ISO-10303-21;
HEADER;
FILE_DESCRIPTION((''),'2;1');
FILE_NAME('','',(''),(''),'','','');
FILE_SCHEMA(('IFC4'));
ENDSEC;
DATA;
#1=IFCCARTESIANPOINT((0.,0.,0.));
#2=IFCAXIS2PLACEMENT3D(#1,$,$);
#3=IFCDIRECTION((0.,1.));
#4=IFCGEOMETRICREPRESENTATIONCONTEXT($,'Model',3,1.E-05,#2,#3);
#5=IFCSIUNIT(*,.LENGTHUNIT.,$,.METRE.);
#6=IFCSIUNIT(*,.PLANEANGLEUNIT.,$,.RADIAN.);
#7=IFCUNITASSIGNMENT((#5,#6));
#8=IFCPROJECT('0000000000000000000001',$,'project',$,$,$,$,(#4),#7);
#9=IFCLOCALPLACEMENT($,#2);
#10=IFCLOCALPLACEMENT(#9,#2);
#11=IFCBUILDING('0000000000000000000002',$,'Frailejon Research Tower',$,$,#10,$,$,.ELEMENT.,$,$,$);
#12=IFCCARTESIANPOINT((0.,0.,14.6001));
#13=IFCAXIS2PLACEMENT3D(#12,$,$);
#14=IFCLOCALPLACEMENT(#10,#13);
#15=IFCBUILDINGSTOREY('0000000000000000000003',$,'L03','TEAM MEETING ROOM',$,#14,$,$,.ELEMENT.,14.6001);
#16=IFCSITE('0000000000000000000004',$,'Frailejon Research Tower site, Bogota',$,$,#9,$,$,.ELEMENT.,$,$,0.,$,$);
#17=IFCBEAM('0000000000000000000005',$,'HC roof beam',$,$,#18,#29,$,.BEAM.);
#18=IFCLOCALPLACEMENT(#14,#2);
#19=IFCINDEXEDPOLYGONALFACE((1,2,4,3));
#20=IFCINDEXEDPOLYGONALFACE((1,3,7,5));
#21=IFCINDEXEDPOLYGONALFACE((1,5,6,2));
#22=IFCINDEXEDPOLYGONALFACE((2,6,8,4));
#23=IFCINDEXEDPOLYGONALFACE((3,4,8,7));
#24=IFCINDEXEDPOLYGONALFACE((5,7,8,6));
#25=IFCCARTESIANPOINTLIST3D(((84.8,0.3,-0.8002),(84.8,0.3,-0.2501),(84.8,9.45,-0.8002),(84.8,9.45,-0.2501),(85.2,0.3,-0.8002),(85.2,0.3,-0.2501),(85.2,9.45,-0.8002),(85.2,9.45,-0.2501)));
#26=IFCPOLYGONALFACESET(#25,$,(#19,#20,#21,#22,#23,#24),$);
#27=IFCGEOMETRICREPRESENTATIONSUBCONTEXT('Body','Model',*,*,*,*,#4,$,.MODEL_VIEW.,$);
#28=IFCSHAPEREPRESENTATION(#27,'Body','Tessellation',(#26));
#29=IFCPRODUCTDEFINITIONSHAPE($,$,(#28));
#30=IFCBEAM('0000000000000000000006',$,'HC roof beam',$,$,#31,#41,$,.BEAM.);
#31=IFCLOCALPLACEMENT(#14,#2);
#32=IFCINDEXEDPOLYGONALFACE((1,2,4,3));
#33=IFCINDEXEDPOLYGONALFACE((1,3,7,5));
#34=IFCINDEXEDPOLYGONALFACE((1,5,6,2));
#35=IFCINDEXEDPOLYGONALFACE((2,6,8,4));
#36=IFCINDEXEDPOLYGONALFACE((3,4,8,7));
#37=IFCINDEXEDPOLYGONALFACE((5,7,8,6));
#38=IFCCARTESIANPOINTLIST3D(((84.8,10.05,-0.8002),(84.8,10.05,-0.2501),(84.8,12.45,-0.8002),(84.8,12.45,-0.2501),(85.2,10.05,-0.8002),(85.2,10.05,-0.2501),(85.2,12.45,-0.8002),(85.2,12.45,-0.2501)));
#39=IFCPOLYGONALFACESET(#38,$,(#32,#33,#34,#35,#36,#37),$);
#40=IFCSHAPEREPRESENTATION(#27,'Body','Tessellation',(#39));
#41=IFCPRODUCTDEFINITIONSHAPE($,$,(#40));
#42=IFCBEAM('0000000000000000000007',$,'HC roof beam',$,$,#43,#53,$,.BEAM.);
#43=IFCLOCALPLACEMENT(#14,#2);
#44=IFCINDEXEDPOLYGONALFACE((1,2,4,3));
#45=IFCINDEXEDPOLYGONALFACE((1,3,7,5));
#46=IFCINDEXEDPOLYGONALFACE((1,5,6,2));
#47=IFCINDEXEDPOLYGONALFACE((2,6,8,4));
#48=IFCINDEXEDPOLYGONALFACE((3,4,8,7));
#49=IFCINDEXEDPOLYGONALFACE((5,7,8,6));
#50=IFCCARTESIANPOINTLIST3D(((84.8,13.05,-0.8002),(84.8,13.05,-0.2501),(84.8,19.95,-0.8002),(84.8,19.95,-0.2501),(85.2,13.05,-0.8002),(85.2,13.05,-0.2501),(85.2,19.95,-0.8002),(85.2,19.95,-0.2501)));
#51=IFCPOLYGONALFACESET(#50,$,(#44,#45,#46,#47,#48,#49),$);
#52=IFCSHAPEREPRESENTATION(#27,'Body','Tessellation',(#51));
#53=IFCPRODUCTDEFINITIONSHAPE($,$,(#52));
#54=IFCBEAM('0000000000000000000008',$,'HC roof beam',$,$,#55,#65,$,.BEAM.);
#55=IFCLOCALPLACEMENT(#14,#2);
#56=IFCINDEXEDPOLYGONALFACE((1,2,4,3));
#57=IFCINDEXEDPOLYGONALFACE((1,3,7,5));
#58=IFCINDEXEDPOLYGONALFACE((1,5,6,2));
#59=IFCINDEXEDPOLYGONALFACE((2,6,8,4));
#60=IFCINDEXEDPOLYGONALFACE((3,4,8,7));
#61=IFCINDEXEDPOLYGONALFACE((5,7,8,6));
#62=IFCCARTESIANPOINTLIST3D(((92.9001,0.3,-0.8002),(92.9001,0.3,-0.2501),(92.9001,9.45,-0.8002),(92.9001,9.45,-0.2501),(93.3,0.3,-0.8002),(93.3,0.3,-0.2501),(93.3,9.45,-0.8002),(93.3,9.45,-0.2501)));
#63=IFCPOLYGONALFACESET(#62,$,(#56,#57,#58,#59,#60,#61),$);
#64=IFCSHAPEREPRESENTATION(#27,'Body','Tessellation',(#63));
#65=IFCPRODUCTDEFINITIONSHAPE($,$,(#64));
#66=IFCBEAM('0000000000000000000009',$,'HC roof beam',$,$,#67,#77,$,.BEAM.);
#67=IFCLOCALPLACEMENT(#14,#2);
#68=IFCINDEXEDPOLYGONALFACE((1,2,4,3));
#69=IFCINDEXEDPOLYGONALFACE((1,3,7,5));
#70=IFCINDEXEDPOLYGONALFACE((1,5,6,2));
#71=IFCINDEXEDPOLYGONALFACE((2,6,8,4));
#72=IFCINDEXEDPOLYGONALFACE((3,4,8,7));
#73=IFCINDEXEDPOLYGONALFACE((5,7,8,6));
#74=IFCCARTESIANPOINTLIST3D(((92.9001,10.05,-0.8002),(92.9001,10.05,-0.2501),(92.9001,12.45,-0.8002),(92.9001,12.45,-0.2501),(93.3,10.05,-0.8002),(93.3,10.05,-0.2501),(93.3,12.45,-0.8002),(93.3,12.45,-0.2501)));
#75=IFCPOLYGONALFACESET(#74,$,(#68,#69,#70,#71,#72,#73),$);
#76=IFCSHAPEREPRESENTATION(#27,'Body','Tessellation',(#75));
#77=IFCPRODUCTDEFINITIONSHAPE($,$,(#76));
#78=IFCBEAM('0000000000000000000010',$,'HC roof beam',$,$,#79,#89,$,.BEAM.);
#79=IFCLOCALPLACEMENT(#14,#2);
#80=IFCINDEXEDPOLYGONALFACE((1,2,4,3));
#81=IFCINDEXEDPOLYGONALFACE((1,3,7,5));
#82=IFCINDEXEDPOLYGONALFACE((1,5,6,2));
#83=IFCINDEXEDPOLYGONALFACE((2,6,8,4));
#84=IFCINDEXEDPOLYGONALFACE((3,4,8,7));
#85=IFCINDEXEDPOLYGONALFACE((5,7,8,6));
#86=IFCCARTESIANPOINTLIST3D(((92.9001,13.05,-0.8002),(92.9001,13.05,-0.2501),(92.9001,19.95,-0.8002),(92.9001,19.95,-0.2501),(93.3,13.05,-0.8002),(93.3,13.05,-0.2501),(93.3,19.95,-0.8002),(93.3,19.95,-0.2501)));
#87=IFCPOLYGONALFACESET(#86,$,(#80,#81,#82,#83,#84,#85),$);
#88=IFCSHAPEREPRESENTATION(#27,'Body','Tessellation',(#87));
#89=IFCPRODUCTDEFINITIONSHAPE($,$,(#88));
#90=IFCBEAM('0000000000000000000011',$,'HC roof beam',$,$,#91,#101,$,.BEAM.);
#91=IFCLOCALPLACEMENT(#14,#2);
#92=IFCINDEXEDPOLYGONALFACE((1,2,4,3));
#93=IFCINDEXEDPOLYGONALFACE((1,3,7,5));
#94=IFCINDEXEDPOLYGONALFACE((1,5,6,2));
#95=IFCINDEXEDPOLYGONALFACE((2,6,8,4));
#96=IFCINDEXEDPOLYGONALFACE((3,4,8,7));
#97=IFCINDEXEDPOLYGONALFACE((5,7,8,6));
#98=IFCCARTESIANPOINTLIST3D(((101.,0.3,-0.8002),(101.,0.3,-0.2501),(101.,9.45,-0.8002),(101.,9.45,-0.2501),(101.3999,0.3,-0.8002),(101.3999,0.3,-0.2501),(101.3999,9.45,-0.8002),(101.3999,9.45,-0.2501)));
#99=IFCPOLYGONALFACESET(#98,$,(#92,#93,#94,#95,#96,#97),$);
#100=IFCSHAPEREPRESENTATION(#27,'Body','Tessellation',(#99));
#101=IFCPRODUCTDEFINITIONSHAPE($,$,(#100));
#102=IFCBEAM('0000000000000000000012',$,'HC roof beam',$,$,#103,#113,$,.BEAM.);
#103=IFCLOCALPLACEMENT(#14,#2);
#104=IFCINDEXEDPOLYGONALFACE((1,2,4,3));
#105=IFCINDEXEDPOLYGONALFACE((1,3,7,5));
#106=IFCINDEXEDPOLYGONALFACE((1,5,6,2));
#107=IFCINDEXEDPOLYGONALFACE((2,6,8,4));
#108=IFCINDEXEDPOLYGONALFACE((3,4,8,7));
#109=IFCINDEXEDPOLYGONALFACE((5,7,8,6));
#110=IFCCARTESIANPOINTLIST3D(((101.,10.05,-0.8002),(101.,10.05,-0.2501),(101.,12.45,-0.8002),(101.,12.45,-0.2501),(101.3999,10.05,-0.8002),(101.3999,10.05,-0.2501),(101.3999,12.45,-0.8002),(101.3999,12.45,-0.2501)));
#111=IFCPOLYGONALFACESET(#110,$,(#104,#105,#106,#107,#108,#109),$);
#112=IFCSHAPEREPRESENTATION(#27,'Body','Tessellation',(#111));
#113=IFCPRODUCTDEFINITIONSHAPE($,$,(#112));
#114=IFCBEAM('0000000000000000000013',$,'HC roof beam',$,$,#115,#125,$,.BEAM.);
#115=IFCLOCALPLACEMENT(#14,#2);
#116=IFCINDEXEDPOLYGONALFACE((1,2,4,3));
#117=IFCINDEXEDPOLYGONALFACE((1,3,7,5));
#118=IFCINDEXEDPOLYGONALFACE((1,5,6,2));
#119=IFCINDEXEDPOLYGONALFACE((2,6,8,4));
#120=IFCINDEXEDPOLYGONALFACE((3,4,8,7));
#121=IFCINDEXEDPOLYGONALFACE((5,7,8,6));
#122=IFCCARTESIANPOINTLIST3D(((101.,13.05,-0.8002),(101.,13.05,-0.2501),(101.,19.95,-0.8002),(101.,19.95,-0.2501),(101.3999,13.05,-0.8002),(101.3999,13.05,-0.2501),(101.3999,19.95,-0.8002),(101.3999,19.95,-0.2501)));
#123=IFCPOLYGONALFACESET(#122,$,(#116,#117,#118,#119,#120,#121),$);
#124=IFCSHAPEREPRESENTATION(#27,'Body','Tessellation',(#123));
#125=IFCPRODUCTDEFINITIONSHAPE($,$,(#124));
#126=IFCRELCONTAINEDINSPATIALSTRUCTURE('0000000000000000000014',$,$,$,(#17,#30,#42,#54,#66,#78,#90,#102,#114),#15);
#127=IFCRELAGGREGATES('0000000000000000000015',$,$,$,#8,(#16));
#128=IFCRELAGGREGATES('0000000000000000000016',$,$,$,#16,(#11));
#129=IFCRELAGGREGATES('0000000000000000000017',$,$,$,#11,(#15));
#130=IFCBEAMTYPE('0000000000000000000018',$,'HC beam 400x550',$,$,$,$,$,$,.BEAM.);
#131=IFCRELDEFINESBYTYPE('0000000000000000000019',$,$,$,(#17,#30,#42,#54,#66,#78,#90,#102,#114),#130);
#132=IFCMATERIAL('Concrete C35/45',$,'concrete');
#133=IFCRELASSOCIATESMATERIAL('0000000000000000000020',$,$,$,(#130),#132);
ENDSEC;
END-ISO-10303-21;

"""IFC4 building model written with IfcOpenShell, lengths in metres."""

from ifc_helpers import new_model, si_unit, direction, frame, origin, origin_2d, place, context, subcontext, project, spatial, rectangle, extrude, material, material_profile, profile_set, type_object, element, save


model = new_model("IFC4")

# Units and contexts
model_context = context("Model", 3, precision=1e-05, world=origin(), true_north=direction((0.0, 1.0)))
body_context = subcontext(model_context, "Body", "Model", "MODEL_VIEW")
ifc_project = project(units=[si_unit("LENGTHUNIT", "METRE"), si_unit("PLANEANGLEUNIT", "RADIAN")], contexts=[model_context])

# Site, building, storey
site_placement = place(None, origin())
site = spatial("IfcSite", under=ifc_project, at=site_placement, Name="Frailejon Research Tower site, Bogota", CompositionType="ELEMENT", RefElevation=0.0)
building_placement = place(site_placement, origin())
building = spatial("IfcBuilding", under=site, at=building_placement, Name="Frailejon Research Tower", CompositionType="ELEMENT")
storey_placement = place(building_placement, frame((0.0, 0.0, 14.6001)))
storey = spatial("IfcBuildingStorey", under=building, at=storey_placement, Name="L03", Description="TEAM MEETING ROOM", CompositionType="ELEMENT", Elevation=14.6001)

# Beams
ifc_material_1 = material(Name="Concrete C35/45", Category="concrete")
ifc_material_profile_1 = material_profile(ifc_material_1, rectangle(XDim=0.3999, YDim=0.55, at=origin_2d()), Name="HC beam 400x550")
ifc_profile_set_1 = profile_set([ifc_material_profile_1], Name="Concrete C35/45")
beam_type = type_object("IfcBeamType", Name="HC beam 400x550", PredefinedType="BEAM", material=ifc_profile_set_1)
beam_1_placement = place(storey_placement, frame((85.0, 0.3, -0.5251), z_axis=(0.0, 1.0, 0.0), x_axis=(-1.0, 0.0, 0.0)))
element("IfcBeam", 1, at=beam_1_placement, inside=storey, type_object=beam_type, Name="HC roof beam", PredefinedType="BEAM", context=body_context, shape_type="SweptSolid", body=[
    extrude(rectangle(XDim=0.3999, YDim=0.55, at=origin_2d()), origin(), (0.0, 0.0, 1.0), 9.1499),
])
beam_2_placement = place(storey_placement, frame((85.0, 10.05, -0.5251), z_axis=(0.0, 1.0, 0.0), x_axis=(-1.0, 0.0, 0.0)))
element("IfcBeam", 2, at=beam_2_placement, inside=storey, type_object=beam_type, Name="HC roof beam", PredefinedType="BEAM", context=body_context, shape_type="SweptSolid", body=[
    extrude(rectangle(XDim=0.3999, YDim=0.55, at=origin_2d()), origin(), (0.0, 0.0, 1.0), 2.3999),
])
beam_3_placement = place(storey_placement, frame((85.0, 13.05, -0.5251), z_axis=(0.0, 1.0, 0.0), x_axis=(-1.0, 0.0, 0.0)))
element("IfcBeam", 3, at=beam_3_placement, inside=storey, type_object=beam_type, Name="HC roof beam", PredefinedType="BEAM", context=body_context, shape_type="SweptSolid", body=[
    extrude(rectangle(XDim=0.3999, YDim=0.55, at=origin_2d()), origin(), (0.0, 0.0, 1.0), 6.8999),
])
beam_4_placement = place(storey_placement, frame((93.1001, 0.3, -0.5251), z_axis=(0.0, 1.0, 0.0), x_axis=(-1.0, 0.0, 0.0)))
element("IfcBeam", 4, at=beam_4_placement, inside=storey, type_object=beam_type, Name="HC roof beam", PredefinedType="BEAM", context=body_context, shape_type="SweptSolid", body=[
    extrude(rectangle(XDim=0.3999, YDim=0.55, at=origin_2d()), origin(), (0.0, 0.0, 1.0), 9.1499),
])
beam_5_placement = place(storey_placement, frame((93.1001, 10.05, -0.5251), z_axis=(0.0, 1.0, 0.0), x_axis=(-1.0, 0.0, 0.0)))
element("IfcBeam", 5, at=beam_5_placement, inside=storey, type_object=beam_type, Name="HC roof beam", PredefinedType="BEAM", context=body_context, shape_type="SweptSolid", body=[
    extrude(rectangle(XDim=0.3999, YDim=0.55, at=origin_2d()), origin(), (0.0, 0.0, 1.0), 2.3999),
])
beam_6_placement = place(storey_placement, frame((93.1001, 13.05, -0.5251), z_axis=(0.0, 1.0, 0.0), x_axis=(-1.0, 0.0, 0.0)))
element("IfcBeam", 6, at=beam_6_placement, inside=storey, type_object=beam_type, Name="HC roof beam", PredefinedType="BEAM", context=body_context, shape_type="SweptSolid", body=[
    extrude(rectangle(XDim=0.3999, YDim=0.55, at=origin_2d()), origin(), (0.0, 0.0, 1.0), 6.8999),
])
beam_7_placement = place(storey_placement, frame((101.2, 0.3, -0.5251), z_axis=(0.0, 1.0, 0.0), x_axis=(-1.0, 0.0, 0.0)))
element("IfcBeam", 7, at=beam_7_placement, inside=storey, type_object=beam_type, Name="HC roof beam", PredefinedType="BEAM", context=body_context, shape_type="SweptSolid", body=[
    extrude(rectangle(XDim=0.3999, YDim=0.55, at=origin_2d()), origin(), (0.0, 0.0, 1.0), 9.1499),
])
beam_8_placement = place(storey_placement, frame((101.2, 10.05, -0.5251), z_axis=(0.0, 1.0, 0.0), x_axis=(-1.0, 0.0, 0.0)))
element("IfcBeam", 8, at=beam_8_placement, inside=storey, type_object=beam_type, Name="HC roof beam", PredefinedType="BEAM", context=body_context, shape_type="SweptSolid", body=[
    extrude(rectangle(XDim=0.3999, YDim=0.55, at=origin_2d()), origin(), (0.0, 0.0, 1.0), 2.3999),
])
beam_9_placement = place(storey_placement, frame((101.2, 13.05, -0.5251), z_axis=(0.0, 1.0, 0.0), x_axis=(-1.0, 0.0, 0.0)))
element("IfcBeam", 9, at=beam_9_placement, inside=storey, type_object=beam_type, Name="HC roof beam", PredefinedType="BEAM", context=body_context, shape_type="SweptSolid", body=[
    extrude(rectangle(XDim=0.3999, YDim=0.55, at=origin_2d()), origin(), (0.0, 0.0, 1.0), 6.8999),
])

save(model, "model.ifc")
